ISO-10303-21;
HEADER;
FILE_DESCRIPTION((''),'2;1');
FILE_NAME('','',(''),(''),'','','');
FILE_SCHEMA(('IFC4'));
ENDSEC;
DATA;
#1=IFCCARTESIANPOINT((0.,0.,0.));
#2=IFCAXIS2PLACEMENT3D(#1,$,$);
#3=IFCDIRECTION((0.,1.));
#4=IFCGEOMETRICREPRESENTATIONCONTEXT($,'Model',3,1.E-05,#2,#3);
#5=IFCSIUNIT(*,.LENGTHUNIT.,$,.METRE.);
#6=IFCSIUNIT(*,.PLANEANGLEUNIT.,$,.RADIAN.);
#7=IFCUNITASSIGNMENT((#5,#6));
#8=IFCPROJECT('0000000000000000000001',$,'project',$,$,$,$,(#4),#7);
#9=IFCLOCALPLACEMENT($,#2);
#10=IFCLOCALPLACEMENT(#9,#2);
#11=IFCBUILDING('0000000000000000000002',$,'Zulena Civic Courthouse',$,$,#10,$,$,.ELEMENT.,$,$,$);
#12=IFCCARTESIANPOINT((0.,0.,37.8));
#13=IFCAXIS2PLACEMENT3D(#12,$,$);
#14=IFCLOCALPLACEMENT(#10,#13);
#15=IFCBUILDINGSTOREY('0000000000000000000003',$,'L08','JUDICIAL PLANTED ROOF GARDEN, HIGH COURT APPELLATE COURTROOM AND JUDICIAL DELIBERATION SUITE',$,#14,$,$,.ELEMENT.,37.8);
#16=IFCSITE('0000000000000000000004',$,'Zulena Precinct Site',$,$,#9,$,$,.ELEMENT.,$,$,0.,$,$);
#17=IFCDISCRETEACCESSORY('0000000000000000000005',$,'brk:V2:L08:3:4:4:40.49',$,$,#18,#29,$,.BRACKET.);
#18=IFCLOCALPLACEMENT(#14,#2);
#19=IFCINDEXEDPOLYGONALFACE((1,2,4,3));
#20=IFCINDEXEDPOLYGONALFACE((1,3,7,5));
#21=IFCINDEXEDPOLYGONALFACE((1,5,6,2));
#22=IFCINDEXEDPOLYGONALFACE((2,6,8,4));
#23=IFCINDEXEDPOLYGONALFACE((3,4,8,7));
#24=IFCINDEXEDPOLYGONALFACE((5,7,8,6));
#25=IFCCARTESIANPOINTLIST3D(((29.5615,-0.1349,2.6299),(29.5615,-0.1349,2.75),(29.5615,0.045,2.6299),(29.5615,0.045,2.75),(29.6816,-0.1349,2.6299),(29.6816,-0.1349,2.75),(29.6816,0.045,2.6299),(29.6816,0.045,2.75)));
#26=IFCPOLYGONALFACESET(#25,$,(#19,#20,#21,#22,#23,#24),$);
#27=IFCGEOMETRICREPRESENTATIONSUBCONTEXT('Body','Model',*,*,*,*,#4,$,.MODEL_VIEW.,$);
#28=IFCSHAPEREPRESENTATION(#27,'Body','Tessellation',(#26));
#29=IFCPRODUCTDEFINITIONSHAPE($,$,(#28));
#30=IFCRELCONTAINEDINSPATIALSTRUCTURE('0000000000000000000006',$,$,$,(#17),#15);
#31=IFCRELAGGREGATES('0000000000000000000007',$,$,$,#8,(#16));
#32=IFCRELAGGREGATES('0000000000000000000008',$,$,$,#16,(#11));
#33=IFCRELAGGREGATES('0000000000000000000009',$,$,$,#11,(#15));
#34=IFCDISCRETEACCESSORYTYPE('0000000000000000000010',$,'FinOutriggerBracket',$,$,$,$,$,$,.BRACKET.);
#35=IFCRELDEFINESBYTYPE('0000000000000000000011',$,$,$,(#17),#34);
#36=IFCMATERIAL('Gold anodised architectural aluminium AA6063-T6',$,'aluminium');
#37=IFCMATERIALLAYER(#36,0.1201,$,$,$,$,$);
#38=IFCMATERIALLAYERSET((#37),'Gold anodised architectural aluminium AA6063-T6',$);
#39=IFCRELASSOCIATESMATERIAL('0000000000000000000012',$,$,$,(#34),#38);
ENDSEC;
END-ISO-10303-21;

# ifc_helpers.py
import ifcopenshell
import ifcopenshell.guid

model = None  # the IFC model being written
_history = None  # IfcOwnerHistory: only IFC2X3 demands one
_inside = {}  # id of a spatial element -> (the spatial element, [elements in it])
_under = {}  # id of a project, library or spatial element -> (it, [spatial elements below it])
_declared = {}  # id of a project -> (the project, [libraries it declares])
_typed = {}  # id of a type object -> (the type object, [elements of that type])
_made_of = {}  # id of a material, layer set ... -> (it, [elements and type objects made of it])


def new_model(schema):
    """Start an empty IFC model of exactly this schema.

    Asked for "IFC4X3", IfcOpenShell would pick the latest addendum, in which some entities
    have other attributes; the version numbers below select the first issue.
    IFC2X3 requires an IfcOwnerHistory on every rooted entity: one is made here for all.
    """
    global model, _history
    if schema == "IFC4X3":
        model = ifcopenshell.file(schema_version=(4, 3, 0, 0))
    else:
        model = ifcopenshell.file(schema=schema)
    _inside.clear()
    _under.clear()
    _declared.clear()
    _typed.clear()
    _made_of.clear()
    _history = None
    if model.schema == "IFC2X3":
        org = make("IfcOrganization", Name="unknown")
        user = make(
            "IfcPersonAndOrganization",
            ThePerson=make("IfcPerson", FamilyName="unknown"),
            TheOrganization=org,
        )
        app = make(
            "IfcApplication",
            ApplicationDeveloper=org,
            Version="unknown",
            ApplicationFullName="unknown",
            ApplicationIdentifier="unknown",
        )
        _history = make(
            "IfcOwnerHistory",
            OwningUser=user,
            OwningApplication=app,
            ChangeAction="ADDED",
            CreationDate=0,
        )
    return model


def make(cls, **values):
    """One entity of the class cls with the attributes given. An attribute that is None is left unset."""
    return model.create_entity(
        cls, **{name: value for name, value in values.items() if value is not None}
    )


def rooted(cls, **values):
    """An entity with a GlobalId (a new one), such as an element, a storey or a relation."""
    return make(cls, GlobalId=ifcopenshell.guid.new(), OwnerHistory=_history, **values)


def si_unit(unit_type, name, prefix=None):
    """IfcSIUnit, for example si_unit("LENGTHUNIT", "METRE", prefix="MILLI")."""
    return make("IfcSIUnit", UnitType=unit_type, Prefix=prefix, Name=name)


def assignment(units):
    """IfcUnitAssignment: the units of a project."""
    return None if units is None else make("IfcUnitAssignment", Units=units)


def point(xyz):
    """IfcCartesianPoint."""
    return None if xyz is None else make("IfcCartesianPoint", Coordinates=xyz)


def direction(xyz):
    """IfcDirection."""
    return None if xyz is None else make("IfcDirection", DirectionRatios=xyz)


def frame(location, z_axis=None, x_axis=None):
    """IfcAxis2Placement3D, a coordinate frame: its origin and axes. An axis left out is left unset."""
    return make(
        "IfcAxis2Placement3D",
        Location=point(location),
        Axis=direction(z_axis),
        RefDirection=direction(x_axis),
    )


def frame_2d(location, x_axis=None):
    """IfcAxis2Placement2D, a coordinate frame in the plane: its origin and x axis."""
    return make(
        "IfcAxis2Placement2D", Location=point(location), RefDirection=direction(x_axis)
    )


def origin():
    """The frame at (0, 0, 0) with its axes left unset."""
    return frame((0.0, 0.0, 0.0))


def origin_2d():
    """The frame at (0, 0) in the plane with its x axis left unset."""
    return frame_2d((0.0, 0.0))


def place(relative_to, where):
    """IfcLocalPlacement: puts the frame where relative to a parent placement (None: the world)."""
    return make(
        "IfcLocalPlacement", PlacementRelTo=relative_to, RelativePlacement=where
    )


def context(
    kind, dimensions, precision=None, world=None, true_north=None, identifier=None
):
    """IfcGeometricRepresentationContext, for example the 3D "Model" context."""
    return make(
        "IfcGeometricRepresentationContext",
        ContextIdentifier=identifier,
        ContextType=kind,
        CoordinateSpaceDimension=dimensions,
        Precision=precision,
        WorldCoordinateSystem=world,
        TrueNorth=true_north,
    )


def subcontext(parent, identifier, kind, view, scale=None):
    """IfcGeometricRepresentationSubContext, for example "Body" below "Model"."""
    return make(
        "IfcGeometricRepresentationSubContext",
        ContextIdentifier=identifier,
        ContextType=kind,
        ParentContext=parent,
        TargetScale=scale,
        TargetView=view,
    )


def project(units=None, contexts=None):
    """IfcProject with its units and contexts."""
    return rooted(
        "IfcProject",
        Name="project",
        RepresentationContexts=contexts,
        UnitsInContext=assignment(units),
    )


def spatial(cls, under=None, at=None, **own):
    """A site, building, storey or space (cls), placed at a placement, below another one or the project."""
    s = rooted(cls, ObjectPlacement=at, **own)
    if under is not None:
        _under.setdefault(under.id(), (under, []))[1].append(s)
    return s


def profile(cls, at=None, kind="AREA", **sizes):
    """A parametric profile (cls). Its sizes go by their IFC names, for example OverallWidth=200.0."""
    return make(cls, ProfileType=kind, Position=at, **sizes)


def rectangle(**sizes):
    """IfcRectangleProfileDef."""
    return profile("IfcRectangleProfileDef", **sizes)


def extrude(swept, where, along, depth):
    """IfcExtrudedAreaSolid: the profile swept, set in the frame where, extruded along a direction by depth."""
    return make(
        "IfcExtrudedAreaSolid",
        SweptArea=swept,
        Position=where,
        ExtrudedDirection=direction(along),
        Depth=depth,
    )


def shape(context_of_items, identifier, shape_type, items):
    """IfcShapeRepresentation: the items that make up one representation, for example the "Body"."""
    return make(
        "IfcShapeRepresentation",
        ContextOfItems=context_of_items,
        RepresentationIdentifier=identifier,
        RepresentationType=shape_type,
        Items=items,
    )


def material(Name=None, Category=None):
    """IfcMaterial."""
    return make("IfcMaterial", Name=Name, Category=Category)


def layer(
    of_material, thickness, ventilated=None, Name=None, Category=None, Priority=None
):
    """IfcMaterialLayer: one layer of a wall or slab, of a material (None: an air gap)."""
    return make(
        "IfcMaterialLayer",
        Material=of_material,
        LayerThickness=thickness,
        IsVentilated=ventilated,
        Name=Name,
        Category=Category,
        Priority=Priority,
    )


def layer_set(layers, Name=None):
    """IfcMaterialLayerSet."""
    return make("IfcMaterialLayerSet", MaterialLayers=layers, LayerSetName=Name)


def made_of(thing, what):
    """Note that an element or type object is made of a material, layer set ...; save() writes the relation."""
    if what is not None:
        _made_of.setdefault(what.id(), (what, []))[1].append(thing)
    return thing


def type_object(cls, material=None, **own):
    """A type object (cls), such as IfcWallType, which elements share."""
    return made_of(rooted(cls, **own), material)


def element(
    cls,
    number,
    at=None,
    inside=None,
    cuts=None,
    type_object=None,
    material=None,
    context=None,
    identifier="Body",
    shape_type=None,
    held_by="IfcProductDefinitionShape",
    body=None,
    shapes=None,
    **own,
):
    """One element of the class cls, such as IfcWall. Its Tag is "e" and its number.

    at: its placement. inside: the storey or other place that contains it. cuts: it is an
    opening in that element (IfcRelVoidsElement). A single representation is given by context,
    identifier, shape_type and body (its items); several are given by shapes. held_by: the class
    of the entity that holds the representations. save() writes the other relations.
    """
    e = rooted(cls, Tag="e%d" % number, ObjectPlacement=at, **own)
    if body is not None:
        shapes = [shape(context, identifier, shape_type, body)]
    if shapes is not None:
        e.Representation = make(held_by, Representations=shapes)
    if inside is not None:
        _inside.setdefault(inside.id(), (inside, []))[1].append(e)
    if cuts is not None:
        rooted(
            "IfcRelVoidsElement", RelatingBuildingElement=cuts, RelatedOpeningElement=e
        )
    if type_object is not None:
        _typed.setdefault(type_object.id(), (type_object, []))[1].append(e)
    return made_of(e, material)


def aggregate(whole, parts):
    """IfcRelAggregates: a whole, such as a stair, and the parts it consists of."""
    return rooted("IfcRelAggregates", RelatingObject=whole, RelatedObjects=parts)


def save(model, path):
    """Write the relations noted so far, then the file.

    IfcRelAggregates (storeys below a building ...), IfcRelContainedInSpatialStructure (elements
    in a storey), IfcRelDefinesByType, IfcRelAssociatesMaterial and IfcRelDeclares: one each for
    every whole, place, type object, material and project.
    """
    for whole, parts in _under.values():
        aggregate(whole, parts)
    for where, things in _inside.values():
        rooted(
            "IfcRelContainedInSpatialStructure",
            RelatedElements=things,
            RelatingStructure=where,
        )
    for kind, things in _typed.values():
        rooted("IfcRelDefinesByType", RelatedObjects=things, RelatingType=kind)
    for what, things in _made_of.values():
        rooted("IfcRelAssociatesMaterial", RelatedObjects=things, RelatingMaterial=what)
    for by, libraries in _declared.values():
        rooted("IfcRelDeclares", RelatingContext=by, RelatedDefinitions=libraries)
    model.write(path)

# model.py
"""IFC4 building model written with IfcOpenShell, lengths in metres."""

from ifc_helpers import new_model, si_unit, direction, frame, origin, origin_2d, place, context, subcontext, project, spatial, rectangle, extrude, material, layer, layer_set, type_object, element, save


model = new_model("IFC4")

# Units and contexts
model_context = context("Model", 3, precision=1e-05, world=origin(), true_north=direction((0.0, 1.0)))
body_context = subcontext(model_context, "Body", "Model", "MODEL_VIEW")
ifc_project = project(units=[si_unit("LENGTHUNIT", "METRE"), si_unit("PLANEANGLEUNIT", "RADIAN")], contexts=[model_context])

# Site, building, storey
site_placement = place(None, origin())
site = spatial("IfcSite", under=ifc_project, at=site_placement, Name="Zulena Precinct Site", CompositionType="ELEMENT", RefElevation=0.0)
building_placement = place(site_placement, origin())
building = spatial("IfcBuilding", under=site, at=building_placement, Name="Zulena Civic Courthouse", CompositionType="ELEMENT")
storey_placement = place(building_placement, frame((0.0, 0.0, 37.8)))
storey = spatial("IfcBuildingStorey", under=building, at=storey_placement, Name="L08", Description="JUDICIAL PLANTED ROOF GARDEN, HIGH COURT APPELLATE COURTROOM AND JUDICIAL DELIBERATION SUITE", CompositionType="ELEMENT", Elevation=37.8)

# Shared definitions
ifc_material_1 = material(Name="Gold anodised architectural aluminium AA6063-T6", Category="aluminium")

# Discrete accessory
ifc_layer_1 = layer(ifc_material_1, 0.1201)
ifc_layer_set_1 = layer_set([ifc_layer_1], Name="Gold anodised architectural aluminium AA6063-T6")
discrete_accessory_type = type_object("IfcDiscreteAccessoryType", Name="FinOutriggerBracket", PredefinedType="BRACKET", material=ifc_layer_set_1)
for number, where, z_axis, x_axis, name in (
    (1, (29.6216, -0.0449, 2.6299), (0.0, 0.0, 1.0), (0.0, -1.0, 0.0), "brk:V2:L08:3:4:4:40.49"),
):
    element("IfcDiscreteAccessory", number, at=place(storey_placement, frame(where, z_axis=z_axis, x_axis=x_axis)), inside=storey, type_object=discrete_accessory_type, Name=name, PredefinedType="BRACKET", context=body_context, shape_type="SweptSolid", body=[
        extrude(rectangle(XDim=0.1799, YDim=0.1201, at=origin_2d()), origin(), (0.0, 0.0, 1.0), 0.1201),
    ])

save(model, "model.ifc")
